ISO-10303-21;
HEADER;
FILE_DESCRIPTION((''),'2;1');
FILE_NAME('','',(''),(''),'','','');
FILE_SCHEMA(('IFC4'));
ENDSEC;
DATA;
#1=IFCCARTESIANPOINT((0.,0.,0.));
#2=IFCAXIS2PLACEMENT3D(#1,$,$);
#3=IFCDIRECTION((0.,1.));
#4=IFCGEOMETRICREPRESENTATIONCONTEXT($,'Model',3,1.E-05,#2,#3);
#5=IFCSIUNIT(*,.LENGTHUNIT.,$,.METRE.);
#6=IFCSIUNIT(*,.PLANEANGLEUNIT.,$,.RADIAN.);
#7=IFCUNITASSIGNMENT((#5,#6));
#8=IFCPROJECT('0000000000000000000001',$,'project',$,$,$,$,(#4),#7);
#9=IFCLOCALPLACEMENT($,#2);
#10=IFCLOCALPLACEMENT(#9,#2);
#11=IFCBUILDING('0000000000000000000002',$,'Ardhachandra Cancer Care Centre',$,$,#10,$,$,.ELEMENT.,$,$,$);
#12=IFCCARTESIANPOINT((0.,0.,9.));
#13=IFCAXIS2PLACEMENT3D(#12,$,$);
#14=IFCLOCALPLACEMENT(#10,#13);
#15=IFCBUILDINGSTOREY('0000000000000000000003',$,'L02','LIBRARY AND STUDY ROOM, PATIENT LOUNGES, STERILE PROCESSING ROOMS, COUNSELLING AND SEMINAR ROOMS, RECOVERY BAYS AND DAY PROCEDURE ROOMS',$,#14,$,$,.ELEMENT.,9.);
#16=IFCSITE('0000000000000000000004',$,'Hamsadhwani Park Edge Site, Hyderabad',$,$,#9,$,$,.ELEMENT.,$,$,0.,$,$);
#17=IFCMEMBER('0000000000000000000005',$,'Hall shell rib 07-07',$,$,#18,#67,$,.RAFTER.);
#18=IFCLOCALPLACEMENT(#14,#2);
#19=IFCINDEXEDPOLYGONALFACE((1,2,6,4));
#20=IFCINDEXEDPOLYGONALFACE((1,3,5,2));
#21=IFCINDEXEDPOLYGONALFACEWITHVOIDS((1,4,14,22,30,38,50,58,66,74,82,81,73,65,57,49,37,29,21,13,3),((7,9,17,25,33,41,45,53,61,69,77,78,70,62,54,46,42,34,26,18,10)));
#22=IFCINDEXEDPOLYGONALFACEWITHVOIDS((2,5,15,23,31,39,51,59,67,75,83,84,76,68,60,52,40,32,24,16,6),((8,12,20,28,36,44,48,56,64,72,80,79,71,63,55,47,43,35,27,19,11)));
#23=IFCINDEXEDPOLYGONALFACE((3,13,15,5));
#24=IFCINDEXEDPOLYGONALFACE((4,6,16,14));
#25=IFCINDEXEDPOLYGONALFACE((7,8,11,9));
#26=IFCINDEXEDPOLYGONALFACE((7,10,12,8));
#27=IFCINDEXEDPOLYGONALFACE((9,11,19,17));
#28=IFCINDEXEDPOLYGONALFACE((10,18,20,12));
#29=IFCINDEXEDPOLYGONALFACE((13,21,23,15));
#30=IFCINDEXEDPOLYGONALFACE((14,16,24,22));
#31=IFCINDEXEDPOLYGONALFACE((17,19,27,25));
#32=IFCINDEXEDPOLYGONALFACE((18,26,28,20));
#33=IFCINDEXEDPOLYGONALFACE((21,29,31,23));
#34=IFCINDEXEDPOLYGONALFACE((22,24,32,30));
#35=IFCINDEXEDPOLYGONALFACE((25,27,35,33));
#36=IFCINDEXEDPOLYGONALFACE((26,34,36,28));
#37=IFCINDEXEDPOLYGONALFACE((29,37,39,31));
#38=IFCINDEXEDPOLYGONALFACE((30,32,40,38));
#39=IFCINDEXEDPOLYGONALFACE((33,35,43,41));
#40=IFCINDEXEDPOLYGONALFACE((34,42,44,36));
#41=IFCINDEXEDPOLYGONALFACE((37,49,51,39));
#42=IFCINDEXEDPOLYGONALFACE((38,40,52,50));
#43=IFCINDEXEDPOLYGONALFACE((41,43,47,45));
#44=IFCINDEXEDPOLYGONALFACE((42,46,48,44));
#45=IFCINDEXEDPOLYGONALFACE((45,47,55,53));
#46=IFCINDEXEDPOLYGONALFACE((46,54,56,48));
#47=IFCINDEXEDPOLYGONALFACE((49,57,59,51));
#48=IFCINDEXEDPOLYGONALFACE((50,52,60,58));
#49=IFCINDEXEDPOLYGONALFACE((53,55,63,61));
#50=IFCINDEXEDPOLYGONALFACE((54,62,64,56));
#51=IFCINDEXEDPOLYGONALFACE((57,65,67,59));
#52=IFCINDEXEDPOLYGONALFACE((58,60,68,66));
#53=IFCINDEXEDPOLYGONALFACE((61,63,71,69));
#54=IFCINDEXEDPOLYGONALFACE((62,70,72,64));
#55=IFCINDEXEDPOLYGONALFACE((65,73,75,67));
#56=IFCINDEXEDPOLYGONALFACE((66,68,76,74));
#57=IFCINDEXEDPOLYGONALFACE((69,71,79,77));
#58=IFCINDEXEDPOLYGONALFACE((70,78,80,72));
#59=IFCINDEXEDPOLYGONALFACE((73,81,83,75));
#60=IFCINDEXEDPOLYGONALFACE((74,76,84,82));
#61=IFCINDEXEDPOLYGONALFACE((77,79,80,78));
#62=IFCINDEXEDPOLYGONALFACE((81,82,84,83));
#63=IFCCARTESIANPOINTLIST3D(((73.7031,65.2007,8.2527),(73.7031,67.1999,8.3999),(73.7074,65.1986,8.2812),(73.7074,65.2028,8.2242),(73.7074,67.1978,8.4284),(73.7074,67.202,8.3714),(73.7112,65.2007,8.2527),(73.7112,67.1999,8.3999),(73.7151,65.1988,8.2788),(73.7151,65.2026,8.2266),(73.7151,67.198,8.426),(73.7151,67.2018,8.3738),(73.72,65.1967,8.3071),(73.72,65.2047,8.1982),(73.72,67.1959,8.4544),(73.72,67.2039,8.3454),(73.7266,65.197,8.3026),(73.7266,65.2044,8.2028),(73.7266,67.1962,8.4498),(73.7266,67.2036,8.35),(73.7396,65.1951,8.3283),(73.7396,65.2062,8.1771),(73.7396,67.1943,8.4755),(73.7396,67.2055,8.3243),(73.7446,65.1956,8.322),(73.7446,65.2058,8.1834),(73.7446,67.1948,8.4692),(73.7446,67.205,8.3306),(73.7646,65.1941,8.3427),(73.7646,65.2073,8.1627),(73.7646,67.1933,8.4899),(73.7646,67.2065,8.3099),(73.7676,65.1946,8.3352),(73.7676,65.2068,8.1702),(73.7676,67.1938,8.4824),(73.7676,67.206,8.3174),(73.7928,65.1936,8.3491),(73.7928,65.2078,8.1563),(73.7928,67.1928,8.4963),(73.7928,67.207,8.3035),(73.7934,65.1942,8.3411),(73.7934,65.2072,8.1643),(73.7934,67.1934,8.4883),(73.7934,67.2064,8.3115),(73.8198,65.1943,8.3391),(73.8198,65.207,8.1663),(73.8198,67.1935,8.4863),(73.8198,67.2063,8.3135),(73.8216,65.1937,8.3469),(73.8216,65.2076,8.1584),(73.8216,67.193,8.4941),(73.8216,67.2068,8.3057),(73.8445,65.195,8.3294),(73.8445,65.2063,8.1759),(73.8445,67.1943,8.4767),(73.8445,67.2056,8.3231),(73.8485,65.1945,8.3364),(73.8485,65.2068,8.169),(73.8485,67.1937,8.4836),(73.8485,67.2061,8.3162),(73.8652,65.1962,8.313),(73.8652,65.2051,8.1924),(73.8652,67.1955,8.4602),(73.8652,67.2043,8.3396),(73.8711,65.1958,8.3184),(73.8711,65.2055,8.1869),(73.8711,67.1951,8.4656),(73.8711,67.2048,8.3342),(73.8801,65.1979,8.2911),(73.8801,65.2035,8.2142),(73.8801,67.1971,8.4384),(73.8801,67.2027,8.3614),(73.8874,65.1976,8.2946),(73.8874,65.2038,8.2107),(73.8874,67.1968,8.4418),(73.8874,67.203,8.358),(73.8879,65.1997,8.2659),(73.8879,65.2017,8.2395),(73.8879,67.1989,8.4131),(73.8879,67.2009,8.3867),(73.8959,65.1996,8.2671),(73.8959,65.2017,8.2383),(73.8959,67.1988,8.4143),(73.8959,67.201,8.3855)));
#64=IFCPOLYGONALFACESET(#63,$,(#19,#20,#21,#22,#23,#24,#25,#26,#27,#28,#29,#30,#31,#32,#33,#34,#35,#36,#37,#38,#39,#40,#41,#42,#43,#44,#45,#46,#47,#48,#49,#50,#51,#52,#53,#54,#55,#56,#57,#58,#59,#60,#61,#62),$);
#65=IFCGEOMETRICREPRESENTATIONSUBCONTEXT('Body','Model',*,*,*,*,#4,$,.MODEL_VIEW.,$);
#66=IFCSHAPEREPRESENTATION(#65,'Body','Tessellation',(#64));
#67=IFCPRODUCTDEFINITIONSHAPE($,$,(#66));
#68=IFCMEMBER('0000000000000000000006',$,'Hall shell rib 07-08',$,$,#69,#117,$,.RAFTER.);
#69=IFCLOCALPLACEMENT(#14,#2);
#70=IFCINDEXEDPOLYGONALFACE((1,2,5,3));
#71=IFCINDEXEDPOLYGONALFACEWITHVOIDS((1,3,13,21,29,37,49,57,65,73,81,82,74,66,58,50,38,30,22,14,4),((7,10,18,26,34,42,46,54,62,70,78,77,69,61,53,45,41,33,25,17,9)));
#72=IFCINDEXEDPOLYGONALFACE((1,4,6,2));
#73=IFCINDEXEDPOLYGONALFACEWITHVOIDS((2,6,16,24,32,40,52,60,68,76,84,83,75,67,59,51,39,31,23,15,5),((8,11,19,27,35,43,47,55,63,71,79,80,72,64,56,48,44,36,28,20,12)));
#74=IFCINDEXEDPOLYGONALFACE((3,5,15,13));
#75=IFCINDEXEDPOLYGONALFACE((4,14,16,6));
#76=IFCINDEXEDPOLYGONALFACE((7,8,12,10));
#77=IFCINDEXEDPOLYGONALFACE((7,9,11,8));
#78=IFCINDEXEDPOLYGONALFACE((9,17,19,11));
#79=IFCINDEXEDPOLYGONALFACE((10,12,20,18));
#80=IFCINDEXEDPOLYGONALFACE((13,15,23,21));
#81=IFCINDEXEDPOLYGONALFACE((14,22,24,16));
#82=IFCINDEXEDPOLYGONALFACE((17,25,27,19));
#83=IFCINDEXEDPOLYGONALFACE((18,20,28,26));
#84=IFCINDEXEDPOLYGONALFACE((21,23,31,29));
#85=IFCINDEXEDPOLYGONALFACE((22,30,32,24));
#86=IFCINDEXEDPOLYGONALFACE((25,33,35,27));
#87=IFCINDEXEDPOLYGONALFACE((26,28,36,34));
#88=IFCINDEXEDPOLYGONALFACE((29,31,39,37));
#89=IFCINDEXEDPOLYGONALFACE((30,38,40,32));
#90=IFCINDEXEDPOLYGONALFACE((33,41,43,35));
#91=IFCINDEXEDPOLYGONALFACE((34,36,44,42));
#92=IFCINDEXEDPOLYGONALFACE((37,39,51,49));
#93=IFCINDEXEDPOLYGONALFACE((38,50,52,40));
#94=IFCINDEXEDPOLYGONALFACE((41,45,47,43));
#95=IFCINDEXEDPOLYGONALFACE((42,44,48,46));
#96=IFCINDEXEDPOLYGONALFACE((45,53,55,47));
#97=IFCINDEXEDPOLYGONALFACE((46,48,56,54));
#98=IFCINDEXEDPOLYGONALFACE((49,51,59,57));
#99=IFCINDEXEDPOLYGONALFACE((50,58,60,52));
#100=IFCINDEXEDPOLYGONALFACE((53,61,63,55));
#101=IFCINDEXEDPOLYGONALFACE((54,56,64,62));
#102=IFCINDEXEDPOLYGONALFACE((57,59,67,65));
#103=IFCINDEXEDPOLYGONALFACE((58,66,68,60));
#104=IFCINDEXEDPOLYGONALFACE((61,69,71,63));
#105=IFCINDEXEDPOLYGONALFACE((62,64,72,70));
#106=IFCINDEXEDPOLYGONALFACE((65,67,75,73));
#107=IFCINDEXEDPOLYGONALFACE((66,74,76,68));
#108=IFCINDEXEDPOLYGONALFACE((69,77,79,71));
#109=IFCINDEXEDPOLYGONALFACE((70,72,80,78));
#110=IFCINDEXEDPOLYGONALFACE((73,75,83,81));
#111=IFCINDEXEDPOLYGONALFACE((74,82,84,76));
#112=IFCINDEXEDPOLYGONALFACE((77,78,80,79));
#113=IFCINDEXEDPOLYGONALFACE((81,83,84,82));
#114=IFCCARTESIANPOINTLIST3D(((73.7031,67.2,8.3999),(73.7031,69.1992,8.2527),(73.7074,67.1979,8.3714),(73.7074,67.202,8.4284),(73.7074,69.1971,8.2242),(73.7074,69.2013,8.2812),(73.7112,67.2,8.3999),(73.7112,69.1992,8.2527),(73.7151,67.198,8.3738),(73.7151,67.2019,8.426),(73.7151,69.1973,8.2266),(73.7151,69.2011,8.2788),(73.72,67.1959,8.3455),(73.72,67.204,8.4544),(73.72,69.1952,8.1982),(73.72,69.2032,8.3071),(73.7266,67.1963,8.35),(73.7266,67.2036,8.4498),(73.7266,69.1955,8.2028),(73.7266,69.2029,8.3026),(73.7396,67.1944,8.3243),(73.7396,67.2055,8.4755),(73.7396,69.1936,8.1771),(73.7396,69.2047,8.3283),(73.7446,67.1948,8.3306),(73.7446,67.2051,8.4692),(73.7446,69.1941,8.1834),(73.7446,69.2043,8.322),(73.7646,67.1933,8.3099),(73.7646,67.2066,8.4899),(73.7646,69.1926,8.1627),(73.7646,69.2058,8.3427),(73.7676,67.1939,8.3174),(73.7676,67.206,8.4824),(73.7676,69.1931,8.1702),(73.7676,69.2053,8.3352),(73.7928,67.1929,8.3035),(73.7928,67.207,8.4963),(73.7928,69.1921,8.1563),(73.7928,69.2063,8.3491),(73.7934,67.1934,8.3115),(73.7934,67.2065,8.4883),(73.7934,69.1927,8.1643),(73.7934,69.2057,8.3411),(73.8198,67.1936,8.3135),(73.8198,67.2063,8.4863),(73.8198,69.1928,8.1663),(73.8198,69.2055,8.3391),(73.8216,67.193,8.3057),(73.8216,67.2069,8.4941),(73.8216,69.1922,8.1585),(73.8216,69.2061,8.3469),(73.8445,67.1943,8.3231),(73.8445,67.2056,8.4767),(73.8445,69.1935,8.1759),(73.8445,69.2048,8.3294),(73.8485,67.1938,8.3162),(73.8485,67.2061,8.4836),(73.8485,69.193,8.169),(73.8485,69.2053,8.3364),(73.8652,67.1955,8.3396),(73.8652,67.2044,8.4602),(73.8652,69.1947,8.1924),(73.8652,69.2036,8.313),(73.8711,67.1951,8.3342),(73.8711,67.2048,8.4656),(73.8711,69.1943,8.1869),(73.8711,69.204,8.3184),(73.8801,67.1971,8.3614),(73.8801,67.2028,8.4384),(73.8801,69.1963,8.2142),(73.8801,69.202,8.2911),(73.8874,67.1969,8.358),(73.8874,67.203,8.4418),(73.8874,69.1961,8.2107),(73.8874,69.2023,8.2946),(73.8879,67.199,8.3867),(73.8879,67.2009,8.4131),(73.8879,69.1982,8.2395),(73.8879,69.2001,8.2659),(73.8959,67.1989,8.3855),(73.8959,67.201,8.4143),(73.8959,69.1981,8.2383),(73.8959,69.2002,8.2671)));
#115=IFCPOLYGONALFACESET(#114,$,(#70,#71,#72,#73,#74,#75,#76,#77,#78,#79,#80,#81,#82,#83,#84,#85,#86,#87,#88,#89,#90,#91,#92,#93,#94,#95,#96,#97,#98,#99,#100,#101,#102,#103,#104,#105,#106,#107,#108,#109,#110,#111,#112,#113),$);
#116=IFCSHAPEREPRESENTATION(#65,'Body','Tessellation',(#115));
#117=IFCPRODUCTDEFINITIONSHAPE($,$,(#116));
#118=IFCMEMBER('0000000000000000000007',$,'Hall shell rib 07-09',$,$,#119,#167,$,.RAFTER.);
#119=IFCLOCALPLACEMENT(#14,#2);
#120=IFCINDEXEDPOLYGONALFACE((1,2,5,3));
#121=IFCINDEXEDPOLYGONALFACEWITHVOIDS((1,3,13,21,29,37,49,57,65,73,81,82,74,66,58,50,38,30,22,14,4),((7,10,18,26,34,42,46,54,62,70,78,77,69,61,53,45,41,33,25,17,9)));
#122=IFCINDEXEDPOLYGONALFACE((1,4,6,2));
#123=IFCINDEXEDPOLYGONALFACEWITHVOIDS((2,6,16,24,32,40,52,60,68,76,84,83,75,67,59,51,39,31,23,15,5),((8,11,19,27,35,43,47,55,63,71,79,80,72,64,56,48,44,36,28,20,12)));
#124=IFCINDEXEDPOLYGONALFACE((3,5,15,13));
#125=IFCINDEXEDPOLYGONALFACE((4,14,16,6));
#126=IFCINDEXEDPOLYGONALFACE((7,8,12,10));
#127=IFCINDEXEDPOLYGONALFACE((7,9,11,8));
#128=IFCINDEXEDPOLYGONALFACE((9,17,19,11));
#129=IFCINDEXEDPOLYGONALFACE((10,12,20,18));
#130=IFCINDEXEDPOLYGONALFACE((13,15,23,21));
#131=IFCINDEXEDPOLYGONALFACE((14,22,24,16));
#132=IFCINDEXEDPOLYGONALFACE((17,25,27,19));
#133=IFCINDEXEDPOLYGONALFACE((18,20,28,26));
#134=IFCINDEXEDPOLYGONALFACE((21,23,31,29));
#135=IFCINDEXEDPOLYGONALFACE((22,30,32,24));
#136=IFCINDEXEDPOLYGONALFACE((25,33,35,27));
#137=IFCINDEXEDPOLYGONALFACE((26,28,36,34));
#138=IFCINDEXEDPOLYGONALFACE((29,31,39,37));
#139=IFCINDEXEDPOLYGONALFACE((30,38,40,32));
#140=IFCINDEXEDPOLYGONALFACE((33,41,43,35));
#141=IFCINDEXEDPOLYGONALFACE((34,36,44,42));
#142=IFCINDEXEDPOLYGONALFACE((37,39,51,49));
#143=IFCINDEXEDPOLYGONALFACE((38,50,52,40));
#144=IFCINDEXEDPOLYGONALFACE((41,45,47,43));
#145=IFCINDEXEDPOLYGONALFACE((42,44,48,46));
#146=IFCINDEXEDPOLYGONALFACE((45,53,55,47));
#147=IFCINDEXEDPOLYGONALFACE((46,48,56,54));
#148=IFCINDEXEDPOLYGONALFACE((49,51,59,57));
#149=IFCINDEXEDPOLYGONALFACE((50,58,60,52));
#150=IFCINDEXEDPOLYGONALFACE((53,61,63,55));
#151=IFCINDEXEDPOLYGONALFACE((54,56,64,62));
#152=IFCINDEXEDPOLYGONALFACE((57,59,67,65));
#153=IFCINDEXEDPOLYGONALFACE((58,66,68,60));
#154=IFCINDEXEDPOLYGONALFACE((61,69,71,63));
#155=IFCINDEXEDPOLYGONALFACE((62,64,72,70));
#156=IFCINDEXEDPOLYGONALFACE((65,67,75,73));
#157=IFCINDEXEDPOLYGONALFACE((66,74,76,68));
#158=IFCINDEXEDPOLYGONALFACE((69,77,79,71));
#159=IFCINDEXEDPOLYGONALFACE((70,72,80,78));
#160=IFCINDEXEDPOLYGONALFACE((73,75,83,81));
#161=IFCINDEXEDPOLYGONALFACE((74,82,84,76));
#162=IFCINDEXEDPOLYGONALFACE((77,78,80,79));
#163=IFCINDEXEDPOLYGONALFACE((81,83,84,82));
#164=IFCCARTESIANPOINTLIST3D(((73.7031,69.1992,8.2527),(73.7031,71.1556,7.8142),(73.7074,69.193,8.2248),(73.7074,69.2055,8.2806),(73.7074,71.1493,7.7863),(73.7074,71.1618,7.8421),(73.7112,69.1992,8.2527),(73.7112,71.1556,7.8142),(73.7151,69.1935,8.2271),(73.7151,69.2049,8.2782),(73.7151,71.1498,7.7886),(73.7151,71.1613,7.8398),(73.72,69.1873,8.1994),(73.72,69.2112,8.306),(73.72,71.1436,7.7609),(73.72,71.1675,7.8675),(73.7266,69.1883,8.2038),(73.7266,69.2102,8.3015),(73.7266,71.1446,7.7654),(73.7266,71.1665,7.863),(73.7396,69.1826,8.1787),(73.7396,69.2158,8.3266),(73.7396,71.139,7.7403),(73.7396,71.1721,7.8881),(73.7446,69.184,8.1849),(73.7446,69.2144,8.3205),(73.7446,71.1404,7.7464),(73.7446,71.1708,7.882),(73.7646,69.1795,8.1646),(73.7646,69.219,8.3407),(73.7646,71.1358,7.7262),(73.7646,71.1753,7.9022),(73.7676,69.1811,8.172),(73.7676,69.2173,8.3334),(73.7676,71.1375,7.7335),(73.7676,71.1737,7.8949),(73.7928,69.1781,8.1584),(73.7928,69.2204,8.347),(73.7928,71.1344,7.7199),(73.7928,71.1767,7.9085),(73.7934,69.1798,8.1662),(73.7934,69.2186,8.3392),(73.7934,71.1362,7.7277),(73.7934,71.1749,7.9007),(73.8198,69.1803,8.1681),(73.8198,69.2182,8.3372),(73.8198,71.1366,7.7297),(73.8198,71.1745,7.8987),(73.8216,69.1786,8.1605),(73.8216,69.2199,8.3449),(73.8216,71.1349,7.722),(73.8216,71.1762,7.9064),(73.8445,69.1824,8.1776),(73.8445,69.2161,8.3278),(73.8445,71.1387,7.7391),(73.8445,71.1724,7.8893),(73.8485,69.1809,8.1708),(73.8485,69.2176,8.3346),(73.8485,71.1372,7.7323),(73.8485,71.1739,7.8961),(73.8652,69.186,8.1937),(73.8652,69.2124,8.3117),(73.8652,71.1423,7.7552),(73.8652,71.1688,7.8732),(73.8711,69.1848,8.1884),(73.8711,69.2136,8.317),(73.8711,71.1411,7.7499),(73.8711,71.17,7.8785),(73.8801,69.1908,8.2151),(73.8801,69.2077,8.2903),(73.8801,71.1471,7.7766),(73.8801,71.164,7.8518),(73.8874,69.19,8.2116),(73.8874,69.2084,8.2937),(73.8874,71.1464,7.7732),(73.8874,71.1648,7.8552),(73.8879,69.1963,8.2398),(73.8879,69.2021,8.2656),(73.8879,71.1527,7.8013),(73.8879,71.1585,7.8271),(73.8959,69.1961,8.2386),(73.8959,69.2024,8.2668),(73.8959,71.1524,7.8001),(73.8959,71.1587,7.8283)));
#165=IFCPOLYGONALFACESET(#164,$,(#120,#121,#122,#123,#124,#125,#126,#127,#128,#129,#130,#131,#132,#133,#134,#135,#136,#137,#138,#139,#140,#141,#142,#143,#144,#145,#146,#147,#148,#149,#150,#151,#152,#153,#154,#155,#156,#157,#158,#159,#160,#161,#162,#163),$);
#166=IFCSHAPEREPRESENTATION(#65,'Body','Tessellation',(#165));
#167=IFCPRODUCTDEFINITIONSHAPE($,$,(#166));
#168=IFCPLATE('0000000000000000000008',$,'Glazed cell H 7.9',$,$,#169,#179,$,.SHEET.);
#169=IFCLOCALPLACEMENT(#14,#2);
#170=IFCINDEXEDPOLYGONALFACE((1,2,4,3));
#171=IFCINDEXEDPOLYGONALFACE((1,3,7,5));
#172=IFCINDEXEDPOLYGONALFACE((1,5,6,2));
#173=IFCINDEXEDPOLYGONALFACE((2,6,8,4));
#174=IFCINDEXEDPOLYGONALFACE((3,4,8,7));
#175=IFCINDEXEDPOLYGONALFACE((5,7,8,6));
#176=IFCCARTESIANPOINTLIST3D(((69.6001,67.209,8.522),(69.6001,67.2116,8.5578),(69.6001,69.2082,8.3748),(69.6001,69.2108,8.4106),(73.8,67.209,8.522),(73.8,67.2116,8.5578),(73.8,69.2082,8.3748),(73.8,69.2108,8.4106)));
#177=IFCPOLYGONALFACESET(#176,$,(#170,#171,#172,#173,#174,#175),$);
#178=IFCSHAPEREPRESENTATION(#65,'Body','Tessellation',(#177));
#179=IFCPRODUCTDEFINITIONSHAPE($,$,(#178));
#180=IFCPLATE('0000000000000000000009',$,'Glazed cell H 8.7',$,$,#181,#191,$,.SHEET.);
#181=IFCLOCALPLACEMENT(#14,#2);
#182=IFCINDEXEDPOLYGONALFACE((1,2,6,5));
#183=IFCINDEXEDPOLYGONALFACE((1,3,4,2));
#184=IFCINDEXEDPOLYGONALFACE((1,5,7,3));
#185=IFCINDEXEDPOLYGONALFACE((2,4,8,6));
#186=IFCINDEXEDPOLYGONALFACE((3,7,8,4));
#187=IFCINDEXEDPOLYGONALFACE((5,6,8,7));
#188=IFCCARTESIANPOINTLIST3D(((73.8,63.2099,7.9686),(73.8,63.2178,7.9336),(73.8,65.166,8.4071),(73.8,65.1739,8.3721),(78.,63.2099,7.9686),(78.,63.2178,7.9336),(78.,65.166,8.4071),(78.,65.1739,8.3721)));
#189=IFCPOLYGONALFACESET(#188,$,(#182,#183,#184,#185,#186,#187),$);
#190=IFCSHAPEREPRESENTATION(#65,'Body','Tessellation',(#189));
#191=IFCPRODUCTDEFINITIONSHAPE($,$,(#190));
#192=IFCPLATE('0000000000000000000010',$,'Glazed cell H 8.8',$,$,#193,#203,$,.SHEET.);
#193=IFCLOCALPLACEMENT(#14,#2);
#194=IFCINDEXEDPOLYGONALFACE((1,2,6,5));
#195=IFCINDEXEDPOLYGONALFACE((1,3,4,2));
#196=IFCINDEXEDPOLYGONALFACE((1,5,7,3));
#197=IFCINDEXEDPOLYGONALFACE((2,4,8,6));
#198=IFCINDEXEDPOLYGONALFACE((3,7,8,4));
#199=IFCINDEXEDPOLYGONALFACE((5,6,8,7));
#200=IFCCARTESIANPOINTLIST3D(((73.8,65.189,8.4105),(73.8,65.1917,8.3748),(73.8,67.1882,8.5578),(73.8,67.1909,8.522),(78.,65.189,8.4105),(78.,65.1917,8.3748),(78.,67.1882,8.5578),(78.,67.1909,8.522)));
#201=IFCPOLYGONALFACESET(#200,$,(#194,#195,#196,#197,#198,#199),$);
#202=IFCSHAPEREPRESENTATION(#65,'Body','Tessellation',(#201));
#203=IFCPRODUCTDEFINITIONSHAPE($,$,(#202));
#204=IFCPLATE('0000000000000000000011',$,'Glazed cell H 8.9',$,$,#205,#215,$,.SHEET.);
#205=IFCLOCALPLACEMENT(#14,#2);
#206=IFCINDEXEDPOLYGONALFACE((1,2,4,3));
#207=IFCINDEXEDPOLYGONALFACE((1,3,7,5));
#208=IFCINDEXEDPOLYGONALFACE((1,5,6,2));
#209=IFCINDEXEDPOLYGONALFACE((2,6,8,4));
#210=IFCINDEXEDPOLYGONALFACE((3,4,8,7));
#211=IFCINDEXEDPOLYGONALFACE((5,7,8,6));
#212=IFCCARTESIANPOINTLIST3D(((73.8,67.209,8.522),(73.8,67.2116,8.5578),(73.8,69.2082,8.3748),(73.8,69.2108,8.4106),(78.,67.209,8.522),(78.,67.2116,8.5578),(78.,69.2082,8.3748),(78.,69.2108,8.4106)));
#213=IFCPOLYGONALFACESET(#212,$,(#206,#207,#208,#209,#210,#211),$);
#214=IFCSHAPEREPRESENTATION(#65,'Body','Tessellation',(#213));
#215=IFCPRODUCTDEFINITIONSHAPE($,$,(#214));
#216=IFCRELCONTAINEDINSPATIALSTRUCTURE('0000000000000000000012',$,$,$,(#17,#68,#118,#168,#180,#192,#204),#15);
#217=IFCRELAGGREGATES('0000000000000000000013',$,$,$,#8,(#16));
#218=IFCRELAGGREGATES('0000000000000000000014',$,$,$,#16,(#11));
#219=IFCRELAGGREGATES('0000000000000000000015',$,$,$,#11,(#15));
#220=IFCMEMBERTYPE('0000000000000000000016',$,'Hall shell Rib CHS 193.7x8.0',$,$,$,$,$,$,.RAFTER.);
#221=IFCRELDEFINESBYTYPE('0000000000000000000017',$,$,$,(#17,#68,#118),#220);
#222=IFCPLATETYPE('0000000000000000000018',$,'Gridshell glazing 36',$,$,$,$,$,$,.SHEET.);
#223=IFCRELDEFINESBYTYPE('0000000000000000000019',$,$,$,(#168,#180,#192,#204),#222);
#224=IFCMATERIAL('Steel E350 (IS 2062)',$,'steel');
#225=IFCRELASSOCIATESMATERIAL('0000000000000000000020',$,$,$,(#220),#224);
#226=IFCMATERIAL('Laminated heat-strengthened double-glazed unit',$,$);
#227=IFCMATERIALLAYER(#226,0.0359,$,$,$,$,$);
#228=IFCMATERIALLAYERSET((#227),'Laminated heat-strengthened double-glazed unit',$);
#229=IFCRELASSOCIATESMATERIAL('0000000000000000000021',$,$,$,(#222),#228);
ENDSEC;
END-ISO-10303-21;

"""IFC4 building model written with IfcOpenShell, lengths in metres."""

from ifc_helpers import new_model, si_unit, direction, frame, origin, origin_2d, place, context, subcontext, project, spatial, polyline, hollow_circle, outline, extrude, material, layer, layer_set, material_profile, profile_set, type_object, element, save


model = new_model("IFC4")

# Units and contexts
model_context = context("Model", 3, precision=1e-05, world=origin(), true_north=direction((0.0, 1.0)))
body_context = subcontext(model_context, "Body", "Model", "MODEL_VIEW")
ifc_project = project(units=[si_unit("LENGTHUNIT", "METRE"), si_unit("PLANEANGLEUNIT", "RADIAN")], contexts=[model_context])

# Site, building, storey
site_placement = place(None, origin())
site = spatial("IfcSite", under=ifc_project, at=site_placement, Name="Hamsadhwani Park Edge Site, Hyderabad", CompositionType="ELEMENT", RefElevation=0.0)
building_placement = place(site_placement, origin())
building = spatial("IfcBuilding", under=site, at=building_placement, Name="Ardhachandra Cancer Care Centre", CompositionType="ELEMENT")
storey_placement = place(building_placement, frame((0.0, 0.0, 9.0)))
storey = spatial("IfcBuildingStorey", under=building, at=storey_placement, Name="L02", Description="LIBRARY AND STUDY ROOM, PATIENT LOUNGES, STERILE PROCESSING ROOMS, COUNSELLING AND SEMINAR ROOMS, RECOVERY BAYS AND DAY PROCEDURE ROOMS", CompositionType="ELEMENT", Elevation=9.0)

# Members
ifc_material_1 = material(Name="Steel E350 (IS 2062)", Category="steel")
ifc_material_profile_1 = material_profile(ifc_material_1, hollow_circle(Radius=0.0969, WallThickness=0.0081, at=origin_2d()), Name="CHS 193.7x8.0")
ifc_profile_set_1 = profile_set([ifc_material_profile_1], Name="Steel E350 (IS 2062)")
member_type_1 = type_object("IfcMemberType", Name="Hall shell Rib CHS 193.7x8.0", PredefinedType="RAFTER", material=ifc_profile_set_1)
for number, where, z_axis, x_axis, name in (
    (1, (73.8, 65.2007, 8.2527), (0.0, 0.9973, 0.073437), (-1.0, 0.0, 0.0), "Hall shell rib 07-07"),
    (2, (73.8, 67.2, 8.3999), (0.0, 0.9973, -0.073437), (-1.0, 0.0, 0.0), "Hall shell rib 07-08"),
):
    element("IfcMember", number, at=place(storey_placement, frame(where, z_axis=z_axis, x_axis=x_axis)), inside=storey, type_object=member_type_1, Name=name, PredefinedType="RAFTER", context=body_context, shape_type="SweptSolid", body=[
        extrude(hollow_circle(Radius=0.0969, WallThickness=0.0081, at=origin_2d()), origin(), (0.0, 0.0, 1.0), 2.0046),
    ])
member_1_placement = place(storey_placement, frame((73.8, 69.1992, 8.2527), z_axis=(0.0, 0.97579, -0.218709), x_axis=(-1.0, 0.0, 0.0)))
element("IfcMember", 3, at=member_1_placement, inside=storey, type_object=member_type_1, Name="Hall shell rib 07-09", PredefinedType="RAFTER", context=body_context, shape_type="SweptSolid", body=[
    extrude(hollow_circle(Radius=0.0969, WallThickness=0.0081, at=origin_2d()), origin(), (0.0, 0.0, 1.0), 2.0049),
])

# Plates
ifc_material_2 = material(Name="Laminated heat-strengthened double-glazed unit")
ifc_layer = layer(ifc_material_2, 0.0359)
ifc_layer_set = layer_set([ifc_layer], Name="Laminated heat-strengthened double-glazed unit")
plate_type = type_object("IfcPlateType", Name="Gridshell glazing 36", PredefinedType="SHEET", material=ifc_layer_set)
for number, where, z_axis, x_axis, name in (
    (4, (69.6001, 67.209, 8.522), (0.0, 0.073437, 0.9973), (1.0, 0.0, 0.0), "Glazed cell H 7.9"),
    (5, (73.8, 63.2178, 7.9336), (0.0, -0.218735, 0.975784), (1.0, 0.0, 0.0), "Glazed cell H 8.7"),
    (6, (73.8, 65.1917, 8.3748), (0.0, -0.073437, 0.9973), (1.0, 0.0, 0.0), "Glazed cell H 8.8"),
    (7, (73.8, 67.209, 8.522), (0.0, 0.073437, 0.9973), (1.0, 0.0, 0.0), "Glazed cell H 8.9"),
):
    element("IfcPlate", number, at=place(storey_placement, frame(where, z_axis=z_axis, x_axis=x_axis)), inside=storey, type_object=plate_type, Name=name, PredefinedType="SHEET", context=body_context, shape_type="SweptSolid", body=[
        extrude(outline(polyline([(0.0, 0.0), (4.2, 0.0), (4.2, 2.0046), (0.0, 2.0046), (0.0, 0.0)])), origin(), (0.0, 0.0, 1.0), 0.0359),
    ])

save(model, "model.ifc")
